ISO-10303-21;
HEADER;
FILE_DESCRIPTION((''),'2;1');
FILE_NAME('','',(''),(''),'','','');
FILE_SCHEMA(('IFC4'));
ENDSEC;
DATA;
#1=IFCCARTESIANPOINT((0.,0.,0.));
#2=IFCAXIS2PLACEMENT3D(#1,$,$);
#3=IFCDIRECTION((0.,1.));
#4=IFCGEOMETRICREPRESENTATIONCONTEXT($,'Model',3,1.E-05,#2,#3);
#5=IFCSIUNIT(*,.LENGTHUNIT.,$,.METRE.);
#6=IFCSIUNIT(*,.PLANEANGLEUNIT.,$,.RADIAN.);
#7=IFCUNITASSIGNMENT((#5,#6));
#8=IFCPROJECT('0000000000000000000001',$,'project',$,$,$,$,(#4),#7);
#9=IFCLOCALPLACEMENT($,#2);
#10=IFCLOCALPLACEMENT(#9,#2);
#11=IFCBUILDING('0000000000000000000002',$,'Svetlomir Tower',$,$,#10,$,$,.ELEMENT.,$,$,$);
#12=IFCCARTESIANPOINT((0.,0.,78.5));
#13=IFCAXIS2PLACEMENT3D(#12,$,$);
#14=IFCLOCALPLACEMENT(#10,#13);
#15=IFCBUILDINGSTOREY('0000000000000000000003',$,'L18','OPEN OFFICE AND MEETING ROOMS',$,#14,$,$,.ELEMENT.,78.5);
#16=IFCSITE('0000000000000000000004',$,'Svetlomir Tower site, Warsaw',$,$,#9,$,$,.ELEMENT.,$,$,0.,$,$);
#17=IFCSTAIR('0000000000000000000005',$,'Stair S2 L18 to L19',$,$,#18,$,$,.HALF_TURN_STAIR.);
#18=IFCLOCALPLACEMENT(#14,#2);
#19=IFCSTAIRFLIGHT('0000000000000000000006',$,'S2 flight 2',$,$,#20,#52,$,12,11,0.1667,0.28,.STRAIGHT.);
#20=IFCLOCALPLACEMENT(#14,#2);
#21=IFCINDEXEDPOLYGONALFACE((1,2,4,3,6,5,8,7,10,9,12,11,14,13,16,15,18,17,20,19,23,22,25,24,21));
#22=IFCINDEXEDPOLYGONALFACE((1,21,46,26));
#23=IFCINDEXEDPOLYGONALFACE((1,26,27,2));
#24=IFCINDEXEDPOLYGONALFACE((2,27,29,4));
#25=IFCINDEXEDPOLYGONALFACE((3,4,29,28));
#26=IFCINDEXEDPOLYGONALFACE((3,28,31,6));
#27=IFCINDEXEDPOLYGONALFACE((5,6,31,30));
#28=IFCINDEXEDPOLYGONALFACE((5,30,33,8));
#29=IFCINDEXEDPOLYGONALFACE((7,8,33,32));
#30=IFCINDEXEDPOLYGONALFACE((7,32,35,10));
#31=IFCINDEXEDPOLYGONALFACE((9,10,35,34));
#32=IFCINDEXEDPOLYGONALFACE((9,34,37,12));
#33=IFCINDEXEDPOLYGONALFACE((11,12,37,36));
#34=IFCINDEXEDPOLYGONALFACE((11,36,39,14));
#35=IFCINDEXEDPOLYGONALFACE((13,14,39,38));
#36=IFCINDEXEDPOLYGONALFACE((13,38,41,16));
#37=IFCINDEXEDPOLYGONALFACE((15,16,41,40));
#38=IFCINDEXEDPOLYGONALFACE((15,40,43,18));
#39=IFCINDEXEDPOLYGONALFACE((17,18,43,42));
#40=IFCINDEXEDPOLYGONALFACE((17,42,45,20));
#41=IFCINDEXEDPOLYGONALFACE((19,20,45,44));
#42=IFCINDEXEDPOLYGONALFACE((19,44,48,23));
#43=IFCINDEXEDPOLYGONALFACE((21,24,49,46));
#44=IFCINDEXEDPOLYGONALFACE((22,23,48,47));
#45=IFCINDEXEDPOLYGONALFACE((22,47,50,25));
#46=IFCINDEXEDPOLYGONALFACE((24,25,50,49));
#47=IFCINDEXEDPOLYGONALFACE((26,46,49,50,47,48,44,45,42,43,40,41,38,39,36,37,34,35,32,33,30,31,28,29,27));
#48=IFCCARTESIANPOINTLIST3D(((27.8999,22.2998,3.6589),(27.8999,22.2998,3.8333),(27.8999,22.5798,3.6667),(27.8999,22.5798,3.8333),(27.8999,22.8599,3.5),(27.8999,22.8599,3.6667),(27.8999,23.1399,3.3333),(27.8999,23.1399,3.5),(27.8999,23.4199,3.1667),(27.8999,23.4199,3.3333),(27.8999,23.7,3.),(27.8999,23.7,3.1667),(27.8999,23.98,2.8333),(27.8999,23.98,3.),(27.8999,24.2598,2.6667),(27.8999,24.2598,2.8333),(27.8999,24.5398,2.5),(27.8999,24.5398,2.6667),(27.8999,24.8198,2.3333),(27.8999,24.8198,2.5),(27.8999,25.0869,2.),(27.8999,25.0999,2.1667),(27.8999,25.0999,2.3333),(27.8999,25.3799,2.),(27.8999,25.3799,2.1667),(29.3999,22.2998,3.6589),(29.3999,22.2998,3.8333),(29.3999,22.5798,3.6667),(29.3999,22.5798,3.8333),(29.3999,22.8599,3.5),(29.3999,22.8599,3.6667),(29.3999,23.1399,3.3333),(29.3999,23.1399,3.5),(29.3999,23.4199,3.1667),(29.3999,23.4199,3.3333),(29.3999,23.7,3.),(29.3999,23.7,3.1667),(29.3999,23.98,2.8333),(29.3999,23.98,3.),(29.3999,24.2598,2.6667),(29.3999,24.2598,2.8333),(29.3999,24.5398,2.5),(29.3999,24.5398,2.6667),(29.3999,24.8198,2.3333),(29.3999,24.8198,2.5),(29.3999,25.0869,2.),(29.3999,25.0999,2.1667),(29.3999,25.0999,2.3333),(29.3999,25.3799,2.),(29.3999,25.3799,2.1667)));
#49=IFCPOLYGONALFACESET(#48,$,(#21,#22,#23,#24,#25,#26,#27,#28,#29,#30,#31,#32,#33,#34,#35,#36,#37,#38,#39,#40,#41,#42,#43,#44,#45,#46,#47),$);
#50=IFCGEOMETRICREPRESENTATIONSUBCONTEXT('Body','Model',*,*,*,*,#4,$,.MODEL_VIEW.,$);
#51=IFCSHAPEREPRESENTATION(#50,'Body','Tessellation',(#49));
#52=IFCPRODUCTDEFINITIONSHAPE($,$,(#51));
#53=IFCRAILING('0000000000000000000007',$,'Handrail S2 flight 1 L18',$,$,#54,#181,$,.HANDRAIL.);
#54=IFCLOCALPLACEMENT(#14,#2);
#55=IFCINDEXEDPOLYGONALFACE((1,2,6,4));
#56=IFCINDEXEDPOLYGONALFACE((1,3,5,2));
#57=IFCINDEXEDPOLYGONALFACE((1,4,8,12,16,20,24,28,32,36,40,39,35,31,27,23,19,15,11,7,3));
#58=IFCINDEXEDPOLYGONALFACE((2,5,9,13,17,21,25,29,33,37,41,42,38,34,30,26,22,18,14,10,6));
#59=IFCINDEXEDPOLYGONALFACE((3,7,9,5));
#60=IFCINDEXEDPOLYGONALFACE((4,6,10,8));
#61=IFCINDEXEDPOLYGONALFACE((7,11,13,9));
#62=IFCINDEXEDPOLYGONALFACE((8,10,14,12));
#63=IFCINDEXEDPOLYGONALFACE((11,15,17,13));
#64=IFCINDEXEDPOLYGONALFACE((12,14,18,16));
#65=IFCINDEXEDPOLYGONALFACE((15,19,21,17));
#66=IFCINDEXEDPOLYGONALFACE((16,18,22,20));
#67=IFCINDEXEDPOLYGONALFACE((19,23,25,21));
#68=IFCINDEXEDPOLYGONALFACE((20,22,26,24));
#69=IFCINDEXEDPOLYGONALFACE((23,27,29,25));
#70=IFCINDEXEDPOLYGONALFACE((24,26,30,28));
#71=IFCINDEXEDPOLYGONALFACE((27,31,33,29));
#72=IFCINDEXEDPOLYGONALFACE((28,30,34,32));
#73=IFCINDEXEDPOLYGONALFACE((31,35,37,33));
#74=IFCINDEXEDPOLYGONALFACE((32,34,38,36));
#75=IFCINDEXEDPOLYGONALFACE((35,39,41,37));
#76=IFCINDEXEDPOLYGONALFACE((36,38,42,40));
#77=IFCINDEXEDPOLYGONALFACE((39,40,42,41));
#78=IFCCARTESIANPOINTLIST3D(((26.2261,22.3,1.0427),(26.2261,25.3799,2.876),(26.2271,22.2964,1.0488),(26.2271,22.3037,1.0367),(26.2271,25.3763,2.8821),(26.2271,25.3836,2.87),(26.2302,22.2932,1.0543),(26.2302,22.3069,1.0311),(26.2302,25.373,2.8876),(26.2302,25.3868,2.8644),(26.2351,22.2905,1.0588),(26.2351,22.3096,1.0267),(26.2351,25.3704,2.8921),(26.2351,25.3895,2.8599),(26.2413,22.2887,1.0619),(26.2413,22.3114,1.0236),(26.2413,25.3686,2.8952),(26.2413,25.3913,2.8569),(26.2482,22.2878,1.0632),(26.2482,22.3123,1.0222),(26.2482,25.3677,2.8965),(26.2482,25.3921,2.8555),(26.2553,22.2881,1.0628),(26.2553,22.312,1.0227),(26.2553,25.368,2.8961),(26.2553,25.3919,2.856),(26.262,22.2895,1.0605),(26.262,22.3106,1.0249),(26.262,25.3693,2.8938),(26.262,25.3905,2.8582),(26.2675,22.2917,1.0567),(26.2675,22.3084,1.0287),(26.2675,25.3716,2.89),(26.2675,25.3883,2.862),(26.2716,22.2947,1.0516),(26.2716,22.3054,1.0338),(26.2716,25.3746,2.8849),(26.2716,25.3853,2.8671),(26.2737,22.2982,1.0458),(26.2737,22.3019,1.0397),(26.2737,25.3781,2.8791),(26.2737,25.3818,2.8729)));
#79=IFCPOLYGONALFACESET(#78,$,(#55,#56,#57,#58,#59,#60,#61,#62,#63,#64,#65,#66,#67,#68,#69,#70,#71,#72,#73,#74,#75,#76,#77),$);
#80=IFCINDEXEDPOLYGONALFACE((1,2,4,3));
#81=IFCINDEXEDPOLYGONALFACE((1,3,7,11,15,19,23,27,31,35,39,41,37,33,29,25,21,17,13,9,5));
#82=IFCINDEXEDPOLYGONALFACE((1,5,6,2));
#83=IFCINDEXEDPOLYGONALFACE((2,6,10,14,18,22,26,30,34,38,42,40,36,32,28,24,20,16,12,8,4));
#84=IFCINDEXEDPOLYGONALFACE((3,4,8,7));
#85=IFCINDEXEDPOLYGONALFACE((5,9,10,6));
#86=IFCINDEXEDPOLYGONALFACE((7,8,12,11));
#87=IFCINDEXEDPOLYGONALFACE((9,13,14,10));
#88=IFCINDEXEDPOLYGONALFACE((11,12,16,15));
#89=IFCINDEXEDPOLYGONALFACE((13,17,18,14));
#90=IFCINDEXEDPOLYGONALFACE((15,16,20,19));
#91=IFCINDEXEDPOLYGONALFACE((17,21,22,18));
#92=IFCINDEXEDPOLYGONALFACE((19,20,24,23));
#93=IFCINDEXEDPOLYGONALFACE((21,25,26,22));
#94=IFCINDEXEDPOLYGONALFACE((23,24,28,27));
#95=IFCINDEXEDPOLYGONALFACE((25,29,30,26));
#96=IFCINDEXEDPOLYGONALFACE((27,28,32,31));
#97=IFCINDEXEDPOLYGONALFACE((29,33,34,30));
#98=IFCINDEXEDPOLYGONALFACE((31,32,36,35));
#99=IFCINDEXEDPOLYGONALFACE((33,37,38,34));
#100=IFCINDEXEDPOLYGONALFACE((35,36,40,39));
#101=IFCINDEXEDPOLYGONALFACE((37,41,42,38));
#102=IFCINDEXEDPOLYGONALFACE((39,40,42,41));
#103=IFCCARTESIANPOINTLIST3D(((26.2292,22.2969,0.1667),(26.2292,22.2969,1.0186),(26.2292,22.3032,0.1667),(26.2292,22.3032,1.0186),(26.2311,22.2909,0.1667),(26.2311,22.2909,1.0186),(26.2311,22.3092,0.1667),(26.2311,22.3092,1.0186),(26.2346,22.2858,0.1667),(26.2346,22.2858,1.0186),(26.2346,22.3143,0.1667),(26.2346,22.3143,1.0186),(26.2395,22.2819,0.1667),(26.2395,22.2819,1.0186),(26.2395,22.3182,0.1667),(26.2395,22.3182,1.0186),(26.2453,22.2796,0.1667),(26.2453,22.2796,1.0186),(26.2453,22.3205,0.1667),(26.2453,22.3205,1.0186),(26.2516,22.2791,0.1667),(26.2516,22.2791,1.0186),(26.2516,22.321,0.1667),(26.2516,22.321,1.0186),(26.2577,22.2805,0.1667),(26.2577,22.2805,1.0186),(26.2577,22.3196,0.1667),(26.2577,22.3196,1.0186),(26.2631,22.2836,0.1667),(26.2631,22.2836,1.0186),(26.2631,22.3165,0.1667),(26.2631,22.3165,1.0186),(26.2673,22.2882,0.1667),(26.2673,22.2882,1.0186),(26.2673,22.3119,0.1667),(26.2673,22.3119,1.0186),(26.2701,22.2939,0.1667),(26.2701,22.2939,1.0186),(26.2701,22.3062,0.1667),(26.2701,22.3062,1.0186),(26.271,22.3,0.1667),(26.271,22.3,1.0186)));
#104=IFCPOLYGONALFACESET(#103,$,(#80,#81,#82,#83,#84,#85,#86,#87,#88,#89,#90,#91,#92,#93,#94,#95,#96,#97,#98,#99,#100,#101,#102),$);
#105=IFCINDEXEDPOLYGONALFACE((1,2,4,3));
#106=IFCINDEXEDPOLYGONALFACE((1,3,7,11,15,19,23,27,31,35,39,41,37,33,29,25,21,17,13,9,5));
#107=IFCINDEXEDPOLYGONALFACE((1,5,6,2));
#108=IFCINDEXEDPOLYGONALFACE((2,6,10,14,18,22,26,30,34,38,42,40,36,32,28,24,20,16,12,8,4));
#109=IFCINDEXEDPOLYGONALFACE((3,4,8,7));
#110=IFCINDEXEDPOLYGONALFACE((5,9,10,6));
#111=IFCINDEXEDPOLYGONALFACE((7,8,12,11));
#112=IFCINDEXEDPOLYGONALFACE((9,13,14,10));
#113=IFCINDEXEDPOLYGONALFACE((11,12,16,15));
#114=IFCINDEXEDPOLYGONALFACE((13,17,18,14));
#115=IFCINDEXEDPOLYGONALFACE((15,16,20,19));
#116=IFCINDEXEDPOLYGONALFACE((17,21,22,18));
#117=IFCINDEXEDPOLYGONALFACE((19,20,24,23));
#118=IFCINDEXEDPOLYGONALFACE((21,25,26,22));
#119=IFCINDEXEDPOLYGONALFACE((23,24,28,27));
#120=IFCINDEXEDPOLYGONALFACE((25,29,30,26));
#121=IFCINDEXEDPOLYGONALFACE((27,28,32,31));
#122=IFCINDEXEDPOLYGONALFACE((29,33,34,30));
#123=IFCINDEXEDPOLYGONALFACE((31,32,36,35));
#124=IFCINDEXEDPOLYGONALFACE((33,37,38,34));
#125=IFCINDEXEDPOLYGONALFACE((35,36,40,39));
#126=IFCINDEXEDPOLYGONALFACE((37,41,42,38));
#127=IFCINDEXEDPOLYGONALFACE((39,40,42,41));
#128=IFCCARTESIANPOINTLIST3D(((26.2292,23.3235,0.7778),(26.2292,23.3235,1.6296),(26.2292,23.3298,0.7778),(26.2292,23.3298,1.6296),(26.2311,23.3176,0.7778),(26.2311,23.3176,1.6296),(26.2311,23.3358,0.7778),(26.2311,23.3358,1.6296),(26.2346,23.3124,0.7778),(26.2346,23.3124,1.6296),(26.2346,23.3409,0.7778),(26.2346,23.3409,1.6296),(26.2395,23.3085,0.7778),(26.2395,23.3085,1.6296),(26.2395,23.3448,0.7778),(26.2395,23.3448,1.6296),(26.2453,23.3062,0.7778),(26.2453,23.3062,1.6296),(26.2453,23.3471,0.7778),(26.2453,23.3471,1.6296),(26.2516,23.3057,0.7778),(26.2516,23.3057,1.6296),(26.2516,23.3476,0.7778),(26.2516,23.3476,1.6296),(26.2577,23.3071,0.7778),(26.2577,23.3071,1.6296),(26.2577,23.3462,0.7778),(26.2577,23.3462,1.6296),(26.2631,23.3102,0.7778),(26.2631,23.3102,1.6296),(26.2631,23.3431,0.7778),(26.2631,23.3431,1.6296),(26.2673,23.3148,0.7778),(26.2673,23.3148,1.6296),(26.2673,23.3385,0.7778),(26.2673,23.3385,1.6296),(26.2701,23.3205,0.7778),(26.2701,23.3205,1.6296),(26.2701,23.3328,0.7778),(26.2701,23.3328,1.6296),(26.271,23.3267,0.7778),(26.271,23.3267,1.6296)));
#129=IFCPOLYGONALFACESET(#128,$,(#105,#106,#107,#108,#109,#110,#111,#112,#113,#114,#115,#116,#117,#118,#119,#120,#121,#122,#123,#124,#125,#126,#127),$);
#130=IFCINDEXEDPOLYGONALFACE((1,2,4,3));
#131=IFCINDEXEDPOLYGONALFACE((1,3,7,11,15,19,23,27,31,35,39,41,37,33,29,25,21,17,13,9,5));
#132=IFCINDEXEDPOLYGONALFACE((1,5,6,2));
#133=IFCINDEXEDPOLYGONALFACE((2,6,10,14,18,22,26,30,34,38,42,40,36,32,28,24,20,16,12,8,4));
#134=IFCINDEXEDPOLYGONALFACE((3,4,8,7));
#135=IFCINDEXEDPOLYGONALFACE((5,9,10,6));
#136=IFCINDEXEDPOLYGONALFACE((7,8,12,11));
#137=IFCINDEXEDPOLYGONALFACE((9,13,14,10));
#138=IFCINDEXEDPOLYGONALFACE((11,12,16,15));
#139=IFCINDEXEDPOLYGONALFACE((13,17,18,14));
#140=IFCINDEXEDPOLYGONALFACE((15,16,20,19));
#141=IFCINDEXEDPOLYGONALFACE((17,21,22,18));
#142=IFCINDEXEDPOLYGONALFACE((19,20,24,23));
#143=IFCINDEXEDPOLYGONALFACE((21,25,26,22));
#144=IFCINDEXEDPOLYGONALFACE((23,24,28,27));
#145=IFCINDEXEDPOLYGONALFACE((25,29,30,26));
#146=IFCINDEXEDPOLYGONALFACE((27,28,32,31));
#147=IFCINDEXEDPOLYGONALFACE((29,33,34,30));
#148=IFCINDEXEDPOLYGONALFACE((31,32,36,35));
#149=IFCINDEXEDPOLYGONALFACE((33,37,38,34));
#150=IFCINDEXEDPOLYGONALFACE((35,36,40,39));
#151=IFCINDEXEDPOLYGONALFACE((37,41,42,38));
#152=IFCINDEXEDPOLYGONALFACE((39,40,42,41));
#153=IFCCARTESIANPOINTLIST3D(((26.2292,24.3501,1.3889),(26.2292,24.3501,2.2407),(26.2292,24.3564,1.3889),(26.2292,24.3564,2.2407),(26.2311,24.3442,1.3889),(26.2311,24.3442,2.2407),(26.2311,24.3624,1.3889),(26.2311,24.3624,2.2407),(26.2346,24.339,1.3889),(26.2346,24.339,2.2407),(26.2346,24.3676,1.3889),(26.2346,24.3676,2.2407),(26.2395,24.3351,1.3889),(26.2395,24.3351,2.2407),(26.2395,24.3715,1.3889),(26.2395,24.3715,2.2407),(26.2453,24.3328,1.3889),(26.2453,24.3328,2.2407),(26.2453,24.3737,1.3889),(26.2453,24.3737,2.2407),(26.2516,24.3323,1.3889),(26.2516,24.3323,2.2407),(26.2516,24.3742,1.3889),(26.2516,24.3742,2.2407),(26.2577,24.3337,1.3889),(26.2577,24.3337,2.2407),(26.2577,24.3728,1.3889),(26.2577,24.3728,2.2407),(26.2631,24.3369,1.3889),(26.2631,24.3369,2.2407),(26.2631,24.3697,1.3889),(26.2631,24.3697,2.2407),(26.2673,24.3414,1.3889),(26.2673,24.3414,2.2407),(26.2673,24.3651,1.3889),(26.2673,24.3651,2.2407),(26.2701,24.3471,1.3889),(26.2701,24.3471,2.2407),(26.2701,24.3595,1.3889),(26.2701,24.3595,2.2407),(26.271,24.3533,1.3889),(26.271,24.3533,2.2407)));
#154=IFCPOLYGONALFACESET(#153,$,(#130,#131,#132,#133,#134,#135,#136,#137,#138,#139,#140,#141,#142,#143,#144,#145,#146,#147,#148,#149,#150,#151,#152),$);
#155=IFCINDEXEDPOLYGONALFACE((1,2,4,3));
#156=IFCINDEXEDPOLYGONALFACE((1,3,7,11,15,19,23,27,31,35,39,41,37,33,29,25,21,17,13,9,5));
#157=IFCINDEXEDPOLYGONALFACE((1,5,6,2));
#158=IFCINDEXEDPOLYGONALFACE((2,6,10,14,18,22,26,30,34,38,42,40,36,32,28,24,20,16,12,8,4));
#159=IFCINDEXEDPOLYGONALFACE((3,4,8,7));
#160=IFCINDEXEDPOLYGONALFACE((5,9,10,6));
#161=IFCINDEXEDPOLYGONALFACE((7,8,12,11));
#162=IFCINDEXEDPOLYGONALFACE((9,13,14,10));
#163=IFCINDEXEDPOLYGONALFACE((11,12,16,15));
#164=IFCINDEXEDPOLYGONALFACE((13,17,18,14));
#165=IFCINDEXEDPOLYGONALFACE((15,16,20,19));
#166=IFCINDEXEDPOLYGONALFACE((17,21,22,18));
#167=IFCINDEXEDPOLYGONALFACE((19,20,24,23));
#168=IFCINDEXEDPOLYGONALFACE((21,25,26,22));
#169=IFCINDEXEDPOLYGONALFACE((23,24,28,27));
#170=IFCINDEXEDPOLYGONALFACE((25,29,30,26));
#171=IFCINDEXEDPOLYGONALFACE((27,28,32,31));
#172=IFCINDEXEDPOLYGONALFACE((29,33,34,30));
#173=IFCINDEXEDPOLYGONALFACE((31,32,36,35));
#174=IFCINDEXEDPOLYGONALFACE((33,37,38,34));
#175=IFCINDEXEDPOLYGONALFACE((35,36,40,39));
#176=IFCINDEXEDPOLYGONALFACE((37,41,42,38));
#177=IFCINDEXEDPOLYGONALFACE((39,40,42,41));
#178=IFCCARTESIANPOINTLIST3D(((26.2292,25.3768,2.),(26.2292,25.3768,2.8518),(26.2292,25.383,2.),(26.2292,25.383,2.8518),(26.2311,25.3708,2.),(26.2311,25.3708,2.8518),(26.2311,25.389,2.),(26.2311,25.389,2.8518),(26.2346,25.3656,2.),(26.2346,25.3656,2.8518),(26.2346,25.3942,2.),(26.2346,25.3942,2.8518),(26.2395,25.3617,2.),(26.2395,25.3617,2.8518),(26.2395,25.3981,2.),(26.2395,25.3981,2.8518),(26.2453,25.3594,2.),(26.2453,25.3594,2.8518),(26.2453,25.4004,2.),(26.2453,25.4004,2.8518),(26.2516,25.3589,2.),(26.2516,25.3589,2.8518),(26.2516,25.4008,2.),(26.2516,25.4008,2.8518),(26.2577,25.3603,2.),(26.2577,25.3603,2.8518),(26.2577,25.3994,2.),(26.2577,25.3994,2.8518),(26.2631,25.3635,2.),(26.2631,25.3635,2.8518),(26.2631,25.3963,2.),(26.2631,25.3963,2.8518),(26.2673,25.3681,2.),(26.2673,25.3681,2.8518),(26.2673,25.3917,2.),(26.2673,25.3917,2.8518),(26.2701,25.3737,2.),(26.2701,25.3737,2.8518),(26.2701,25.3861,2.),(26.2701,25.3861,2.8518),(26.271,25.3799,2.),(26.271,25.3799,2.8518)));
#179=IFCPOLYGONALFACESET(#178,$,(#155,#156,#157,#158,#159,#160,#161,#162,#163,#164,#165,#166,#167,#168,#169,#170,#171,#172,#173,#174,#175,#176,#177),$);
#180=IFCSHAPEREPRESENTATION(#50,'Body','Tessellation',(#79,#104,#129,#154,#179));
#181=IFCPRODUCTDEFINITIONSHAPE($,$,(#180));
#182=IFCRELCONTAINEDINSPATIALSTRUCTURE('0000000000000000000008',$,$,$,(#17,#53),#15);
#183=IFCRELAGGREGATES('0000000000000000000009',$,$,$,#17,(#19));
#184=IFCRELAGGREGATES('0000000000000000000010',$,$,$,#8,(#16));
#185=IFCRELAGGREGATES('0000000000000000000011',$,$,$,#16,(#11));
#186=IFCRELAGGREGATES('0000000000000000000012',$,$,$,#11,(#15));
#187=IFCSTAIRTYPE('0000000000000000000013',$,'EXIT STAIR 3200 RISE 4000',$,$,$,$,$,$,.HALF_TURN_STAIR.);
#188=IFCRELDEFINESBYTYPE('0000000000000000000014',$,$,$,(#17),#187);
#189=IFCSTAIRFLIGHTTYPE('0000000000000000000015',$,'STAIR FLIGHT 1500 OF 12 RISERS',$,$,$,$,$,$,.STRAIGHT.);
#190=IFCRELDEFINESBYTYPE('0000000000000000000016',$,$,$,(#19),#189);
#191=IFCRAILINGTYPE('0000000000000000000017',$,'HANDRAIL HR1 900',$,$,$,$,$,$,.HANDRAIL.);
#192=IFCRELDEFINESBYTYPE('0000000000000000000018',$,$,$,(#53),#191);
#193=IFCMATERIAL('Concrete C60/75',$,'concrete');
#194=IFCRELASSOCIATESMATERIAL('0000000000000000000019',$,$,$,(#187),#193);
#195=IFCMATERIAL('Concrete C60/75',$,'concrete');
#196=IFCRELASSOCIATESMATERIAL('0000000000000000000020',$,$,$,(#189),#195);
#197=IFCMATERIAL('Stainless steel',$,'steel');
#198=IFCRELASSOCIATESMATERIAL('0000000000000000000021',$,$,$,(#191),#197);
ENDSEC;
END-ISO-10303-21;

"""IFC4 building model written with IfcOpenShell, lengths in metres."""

from ifc_helpers import new_model, si_unit, direction, frame, origin, origin_2d, place, context, subcontext, project, spatial, polyline, circle, outline, extrude, material, type_object, element, aggregate, save


model = new_model("IFC4")

# Units and contexts
model_context = context("Model", 3, precision=1e-05, world=origin(), true_north=direction((0.0, 1.0)))
body_context = subcontext(model_context, "Body", "Model", "MODEL_VIEW")
ifc_project = project(units=[si_unit("LENGTHUNIT", "METRE"), si_unit("PLANEANGLEUNIT", "RADIAN")], contexts=[model_context])

# Site, building, storey
site_placement = place(None, origin())
site = spatial("IfcSite", under=ifc_project, at=site_placement, Name="Svetlomir Tower site, Warsaw", CompositionType="ELEMENT", RefElevation=0.0)
building_placement = place(site_placement, origin())
building = spatial("IfcBuilding", under=site, at=building_placement, Name="Svetlomir Tower", CompositionType="ELEMENT")
storey_placement = place(building_placement, frame((0.0, 0.0, 78.5)))
storey = spatial("IfcBuildingStorey", under=building, at=storey_placement, Name="L18", Description="OPEN OFFICE AND MEETING ROOMS", CompositionType="ELEMENT", Elevation=78.5)

# Stair, stair flight
ifc_material_1 = material(Name="Concrete C60/75", Category="concrete")
stair_type = type_object("IfcStairType", Name="EXIT STAIR 3200 RISE 4000", PredefinedType="HALF_TURN_STAIR", material=ifc_material_1)
stair_placement = place(storey_placement, origin())
stair = element("IfcStair", 1, at=stair_placement, inside=storey, type_object=stair_type, Name="Stair S2 L18 to L19", PredefinedType="HALF_TURN_STAIR")
ifc_material_2 = material(Name="Concrete C60/75", Category="concrete")
stair_flight_type = type_object("IfcStairFlightType", Name="STAIR FLIGHT 1500 OF 12 RISERS", PredefinedType="STRAIGHT", material=ifc_material_2)
stair_flight_1_placement = place(storey_placement, frame((28.6499, 25.3799, 2.0), z_axis=(0.0, 0.0, 1.0), x_axis=(0.0, -1.0, 0.0)))
stair_flight_1 = element("IfcStairFlight", 2, at=stair_flight_1_placement, type_object=stair_flight_type, Name="S2 flight 2", NumberOfRisers=12, NumberOfTreads=11, PredefinedType="STRAIGHT", RiserHeight=0.1667, TreadLength=0.28, context=body_context, shape_type="SweptSolid", body=[
    extrude(outline(polyline([(0.0, 0.0), (0.0, 0.1667), (0.28, 0.1667), (0.28, 0.3333), (0.5601, 0.3333), (0.5601, 0.5), (0.8401, 0.5), (0.8401, 0.6667), (1.1201, 0.6667), (1.1201, 0.8333), (1.3999, 0.8333), (1.3999, 1.0), (1.6799, 1.0), (1.6799, 1.1667), (1.96, 1.1667), (1.96, 1.3333), (2.24, 1.3333), (2.24, 1.5), (2.52, 1.5), (2.52, 1.6667), (2.8, 1.6667), (2.8, 1.8333), (3.0801, 1.8333), (3.0801, 2.0), (3.0801, 1.6589), (0.293, 0.0), (0.0, 0.0)])), frame((0.0, 0.75, 0.0), z_axis=(0.0, -1.0, 0.0), x_axis=(1.0, 0.0, 0.0)), (0.0, 0.0, 1.0), 1.5),
])
aggregate(stair, [stair_flight_1])

# Railing
ifc_material_3 = material(Name="Stainless steel", Category="steel")
railing_type = type_object("IfcRailingType", Name="HANDRAIL HR1 900", PredefinedType="HANDRAIL", material=ifc_material_3)
railing_1_placement = place(storey_placement, frame((26.25, 22.3, 0.1667)))
element("IfcRailing", 3, at=railing_1_placement, inside=storey, type_object=railing_type, Name="Handrail S2 flight 1 L18", PredefinedType="HANDRAIL", context=body_context, shape_type="SweptSolid", body=[
    extrude(circle(Radius=0.0239, at=origin_2d()), frame((0.0, 0.0, 0.876), z_axis=(0.0, 0.859291, 0.511487), x_axis=(-1.0, 0.0, 0.0)), (0.0, 0.0, 1.0), 3.5842),
    extrude(circle(Radius=0.021, at=origin_2d()), origin(), (0.0, 0.0, 1.0), 0.8518),
    extrude(circle(Radius=0.021, at=origin_2d()), frame((0.0, 1.0266, 0.6111)), (0.0, 0.0, 1.0), 0.8518),
    extrude(circle(Radius=0.021, at=origin_2d()), frame((0.0, 2.0532, 1.2222)), (0.0, 0.0, 1.0), 0.8518),
    extrude(circle(Radius=0.021, at=origin_2d()), frame((0.0, 3.0798, 1.8333)), (0.0, 0.0, 1.0), 0.8518),
])

save(model, "model.ifc")
